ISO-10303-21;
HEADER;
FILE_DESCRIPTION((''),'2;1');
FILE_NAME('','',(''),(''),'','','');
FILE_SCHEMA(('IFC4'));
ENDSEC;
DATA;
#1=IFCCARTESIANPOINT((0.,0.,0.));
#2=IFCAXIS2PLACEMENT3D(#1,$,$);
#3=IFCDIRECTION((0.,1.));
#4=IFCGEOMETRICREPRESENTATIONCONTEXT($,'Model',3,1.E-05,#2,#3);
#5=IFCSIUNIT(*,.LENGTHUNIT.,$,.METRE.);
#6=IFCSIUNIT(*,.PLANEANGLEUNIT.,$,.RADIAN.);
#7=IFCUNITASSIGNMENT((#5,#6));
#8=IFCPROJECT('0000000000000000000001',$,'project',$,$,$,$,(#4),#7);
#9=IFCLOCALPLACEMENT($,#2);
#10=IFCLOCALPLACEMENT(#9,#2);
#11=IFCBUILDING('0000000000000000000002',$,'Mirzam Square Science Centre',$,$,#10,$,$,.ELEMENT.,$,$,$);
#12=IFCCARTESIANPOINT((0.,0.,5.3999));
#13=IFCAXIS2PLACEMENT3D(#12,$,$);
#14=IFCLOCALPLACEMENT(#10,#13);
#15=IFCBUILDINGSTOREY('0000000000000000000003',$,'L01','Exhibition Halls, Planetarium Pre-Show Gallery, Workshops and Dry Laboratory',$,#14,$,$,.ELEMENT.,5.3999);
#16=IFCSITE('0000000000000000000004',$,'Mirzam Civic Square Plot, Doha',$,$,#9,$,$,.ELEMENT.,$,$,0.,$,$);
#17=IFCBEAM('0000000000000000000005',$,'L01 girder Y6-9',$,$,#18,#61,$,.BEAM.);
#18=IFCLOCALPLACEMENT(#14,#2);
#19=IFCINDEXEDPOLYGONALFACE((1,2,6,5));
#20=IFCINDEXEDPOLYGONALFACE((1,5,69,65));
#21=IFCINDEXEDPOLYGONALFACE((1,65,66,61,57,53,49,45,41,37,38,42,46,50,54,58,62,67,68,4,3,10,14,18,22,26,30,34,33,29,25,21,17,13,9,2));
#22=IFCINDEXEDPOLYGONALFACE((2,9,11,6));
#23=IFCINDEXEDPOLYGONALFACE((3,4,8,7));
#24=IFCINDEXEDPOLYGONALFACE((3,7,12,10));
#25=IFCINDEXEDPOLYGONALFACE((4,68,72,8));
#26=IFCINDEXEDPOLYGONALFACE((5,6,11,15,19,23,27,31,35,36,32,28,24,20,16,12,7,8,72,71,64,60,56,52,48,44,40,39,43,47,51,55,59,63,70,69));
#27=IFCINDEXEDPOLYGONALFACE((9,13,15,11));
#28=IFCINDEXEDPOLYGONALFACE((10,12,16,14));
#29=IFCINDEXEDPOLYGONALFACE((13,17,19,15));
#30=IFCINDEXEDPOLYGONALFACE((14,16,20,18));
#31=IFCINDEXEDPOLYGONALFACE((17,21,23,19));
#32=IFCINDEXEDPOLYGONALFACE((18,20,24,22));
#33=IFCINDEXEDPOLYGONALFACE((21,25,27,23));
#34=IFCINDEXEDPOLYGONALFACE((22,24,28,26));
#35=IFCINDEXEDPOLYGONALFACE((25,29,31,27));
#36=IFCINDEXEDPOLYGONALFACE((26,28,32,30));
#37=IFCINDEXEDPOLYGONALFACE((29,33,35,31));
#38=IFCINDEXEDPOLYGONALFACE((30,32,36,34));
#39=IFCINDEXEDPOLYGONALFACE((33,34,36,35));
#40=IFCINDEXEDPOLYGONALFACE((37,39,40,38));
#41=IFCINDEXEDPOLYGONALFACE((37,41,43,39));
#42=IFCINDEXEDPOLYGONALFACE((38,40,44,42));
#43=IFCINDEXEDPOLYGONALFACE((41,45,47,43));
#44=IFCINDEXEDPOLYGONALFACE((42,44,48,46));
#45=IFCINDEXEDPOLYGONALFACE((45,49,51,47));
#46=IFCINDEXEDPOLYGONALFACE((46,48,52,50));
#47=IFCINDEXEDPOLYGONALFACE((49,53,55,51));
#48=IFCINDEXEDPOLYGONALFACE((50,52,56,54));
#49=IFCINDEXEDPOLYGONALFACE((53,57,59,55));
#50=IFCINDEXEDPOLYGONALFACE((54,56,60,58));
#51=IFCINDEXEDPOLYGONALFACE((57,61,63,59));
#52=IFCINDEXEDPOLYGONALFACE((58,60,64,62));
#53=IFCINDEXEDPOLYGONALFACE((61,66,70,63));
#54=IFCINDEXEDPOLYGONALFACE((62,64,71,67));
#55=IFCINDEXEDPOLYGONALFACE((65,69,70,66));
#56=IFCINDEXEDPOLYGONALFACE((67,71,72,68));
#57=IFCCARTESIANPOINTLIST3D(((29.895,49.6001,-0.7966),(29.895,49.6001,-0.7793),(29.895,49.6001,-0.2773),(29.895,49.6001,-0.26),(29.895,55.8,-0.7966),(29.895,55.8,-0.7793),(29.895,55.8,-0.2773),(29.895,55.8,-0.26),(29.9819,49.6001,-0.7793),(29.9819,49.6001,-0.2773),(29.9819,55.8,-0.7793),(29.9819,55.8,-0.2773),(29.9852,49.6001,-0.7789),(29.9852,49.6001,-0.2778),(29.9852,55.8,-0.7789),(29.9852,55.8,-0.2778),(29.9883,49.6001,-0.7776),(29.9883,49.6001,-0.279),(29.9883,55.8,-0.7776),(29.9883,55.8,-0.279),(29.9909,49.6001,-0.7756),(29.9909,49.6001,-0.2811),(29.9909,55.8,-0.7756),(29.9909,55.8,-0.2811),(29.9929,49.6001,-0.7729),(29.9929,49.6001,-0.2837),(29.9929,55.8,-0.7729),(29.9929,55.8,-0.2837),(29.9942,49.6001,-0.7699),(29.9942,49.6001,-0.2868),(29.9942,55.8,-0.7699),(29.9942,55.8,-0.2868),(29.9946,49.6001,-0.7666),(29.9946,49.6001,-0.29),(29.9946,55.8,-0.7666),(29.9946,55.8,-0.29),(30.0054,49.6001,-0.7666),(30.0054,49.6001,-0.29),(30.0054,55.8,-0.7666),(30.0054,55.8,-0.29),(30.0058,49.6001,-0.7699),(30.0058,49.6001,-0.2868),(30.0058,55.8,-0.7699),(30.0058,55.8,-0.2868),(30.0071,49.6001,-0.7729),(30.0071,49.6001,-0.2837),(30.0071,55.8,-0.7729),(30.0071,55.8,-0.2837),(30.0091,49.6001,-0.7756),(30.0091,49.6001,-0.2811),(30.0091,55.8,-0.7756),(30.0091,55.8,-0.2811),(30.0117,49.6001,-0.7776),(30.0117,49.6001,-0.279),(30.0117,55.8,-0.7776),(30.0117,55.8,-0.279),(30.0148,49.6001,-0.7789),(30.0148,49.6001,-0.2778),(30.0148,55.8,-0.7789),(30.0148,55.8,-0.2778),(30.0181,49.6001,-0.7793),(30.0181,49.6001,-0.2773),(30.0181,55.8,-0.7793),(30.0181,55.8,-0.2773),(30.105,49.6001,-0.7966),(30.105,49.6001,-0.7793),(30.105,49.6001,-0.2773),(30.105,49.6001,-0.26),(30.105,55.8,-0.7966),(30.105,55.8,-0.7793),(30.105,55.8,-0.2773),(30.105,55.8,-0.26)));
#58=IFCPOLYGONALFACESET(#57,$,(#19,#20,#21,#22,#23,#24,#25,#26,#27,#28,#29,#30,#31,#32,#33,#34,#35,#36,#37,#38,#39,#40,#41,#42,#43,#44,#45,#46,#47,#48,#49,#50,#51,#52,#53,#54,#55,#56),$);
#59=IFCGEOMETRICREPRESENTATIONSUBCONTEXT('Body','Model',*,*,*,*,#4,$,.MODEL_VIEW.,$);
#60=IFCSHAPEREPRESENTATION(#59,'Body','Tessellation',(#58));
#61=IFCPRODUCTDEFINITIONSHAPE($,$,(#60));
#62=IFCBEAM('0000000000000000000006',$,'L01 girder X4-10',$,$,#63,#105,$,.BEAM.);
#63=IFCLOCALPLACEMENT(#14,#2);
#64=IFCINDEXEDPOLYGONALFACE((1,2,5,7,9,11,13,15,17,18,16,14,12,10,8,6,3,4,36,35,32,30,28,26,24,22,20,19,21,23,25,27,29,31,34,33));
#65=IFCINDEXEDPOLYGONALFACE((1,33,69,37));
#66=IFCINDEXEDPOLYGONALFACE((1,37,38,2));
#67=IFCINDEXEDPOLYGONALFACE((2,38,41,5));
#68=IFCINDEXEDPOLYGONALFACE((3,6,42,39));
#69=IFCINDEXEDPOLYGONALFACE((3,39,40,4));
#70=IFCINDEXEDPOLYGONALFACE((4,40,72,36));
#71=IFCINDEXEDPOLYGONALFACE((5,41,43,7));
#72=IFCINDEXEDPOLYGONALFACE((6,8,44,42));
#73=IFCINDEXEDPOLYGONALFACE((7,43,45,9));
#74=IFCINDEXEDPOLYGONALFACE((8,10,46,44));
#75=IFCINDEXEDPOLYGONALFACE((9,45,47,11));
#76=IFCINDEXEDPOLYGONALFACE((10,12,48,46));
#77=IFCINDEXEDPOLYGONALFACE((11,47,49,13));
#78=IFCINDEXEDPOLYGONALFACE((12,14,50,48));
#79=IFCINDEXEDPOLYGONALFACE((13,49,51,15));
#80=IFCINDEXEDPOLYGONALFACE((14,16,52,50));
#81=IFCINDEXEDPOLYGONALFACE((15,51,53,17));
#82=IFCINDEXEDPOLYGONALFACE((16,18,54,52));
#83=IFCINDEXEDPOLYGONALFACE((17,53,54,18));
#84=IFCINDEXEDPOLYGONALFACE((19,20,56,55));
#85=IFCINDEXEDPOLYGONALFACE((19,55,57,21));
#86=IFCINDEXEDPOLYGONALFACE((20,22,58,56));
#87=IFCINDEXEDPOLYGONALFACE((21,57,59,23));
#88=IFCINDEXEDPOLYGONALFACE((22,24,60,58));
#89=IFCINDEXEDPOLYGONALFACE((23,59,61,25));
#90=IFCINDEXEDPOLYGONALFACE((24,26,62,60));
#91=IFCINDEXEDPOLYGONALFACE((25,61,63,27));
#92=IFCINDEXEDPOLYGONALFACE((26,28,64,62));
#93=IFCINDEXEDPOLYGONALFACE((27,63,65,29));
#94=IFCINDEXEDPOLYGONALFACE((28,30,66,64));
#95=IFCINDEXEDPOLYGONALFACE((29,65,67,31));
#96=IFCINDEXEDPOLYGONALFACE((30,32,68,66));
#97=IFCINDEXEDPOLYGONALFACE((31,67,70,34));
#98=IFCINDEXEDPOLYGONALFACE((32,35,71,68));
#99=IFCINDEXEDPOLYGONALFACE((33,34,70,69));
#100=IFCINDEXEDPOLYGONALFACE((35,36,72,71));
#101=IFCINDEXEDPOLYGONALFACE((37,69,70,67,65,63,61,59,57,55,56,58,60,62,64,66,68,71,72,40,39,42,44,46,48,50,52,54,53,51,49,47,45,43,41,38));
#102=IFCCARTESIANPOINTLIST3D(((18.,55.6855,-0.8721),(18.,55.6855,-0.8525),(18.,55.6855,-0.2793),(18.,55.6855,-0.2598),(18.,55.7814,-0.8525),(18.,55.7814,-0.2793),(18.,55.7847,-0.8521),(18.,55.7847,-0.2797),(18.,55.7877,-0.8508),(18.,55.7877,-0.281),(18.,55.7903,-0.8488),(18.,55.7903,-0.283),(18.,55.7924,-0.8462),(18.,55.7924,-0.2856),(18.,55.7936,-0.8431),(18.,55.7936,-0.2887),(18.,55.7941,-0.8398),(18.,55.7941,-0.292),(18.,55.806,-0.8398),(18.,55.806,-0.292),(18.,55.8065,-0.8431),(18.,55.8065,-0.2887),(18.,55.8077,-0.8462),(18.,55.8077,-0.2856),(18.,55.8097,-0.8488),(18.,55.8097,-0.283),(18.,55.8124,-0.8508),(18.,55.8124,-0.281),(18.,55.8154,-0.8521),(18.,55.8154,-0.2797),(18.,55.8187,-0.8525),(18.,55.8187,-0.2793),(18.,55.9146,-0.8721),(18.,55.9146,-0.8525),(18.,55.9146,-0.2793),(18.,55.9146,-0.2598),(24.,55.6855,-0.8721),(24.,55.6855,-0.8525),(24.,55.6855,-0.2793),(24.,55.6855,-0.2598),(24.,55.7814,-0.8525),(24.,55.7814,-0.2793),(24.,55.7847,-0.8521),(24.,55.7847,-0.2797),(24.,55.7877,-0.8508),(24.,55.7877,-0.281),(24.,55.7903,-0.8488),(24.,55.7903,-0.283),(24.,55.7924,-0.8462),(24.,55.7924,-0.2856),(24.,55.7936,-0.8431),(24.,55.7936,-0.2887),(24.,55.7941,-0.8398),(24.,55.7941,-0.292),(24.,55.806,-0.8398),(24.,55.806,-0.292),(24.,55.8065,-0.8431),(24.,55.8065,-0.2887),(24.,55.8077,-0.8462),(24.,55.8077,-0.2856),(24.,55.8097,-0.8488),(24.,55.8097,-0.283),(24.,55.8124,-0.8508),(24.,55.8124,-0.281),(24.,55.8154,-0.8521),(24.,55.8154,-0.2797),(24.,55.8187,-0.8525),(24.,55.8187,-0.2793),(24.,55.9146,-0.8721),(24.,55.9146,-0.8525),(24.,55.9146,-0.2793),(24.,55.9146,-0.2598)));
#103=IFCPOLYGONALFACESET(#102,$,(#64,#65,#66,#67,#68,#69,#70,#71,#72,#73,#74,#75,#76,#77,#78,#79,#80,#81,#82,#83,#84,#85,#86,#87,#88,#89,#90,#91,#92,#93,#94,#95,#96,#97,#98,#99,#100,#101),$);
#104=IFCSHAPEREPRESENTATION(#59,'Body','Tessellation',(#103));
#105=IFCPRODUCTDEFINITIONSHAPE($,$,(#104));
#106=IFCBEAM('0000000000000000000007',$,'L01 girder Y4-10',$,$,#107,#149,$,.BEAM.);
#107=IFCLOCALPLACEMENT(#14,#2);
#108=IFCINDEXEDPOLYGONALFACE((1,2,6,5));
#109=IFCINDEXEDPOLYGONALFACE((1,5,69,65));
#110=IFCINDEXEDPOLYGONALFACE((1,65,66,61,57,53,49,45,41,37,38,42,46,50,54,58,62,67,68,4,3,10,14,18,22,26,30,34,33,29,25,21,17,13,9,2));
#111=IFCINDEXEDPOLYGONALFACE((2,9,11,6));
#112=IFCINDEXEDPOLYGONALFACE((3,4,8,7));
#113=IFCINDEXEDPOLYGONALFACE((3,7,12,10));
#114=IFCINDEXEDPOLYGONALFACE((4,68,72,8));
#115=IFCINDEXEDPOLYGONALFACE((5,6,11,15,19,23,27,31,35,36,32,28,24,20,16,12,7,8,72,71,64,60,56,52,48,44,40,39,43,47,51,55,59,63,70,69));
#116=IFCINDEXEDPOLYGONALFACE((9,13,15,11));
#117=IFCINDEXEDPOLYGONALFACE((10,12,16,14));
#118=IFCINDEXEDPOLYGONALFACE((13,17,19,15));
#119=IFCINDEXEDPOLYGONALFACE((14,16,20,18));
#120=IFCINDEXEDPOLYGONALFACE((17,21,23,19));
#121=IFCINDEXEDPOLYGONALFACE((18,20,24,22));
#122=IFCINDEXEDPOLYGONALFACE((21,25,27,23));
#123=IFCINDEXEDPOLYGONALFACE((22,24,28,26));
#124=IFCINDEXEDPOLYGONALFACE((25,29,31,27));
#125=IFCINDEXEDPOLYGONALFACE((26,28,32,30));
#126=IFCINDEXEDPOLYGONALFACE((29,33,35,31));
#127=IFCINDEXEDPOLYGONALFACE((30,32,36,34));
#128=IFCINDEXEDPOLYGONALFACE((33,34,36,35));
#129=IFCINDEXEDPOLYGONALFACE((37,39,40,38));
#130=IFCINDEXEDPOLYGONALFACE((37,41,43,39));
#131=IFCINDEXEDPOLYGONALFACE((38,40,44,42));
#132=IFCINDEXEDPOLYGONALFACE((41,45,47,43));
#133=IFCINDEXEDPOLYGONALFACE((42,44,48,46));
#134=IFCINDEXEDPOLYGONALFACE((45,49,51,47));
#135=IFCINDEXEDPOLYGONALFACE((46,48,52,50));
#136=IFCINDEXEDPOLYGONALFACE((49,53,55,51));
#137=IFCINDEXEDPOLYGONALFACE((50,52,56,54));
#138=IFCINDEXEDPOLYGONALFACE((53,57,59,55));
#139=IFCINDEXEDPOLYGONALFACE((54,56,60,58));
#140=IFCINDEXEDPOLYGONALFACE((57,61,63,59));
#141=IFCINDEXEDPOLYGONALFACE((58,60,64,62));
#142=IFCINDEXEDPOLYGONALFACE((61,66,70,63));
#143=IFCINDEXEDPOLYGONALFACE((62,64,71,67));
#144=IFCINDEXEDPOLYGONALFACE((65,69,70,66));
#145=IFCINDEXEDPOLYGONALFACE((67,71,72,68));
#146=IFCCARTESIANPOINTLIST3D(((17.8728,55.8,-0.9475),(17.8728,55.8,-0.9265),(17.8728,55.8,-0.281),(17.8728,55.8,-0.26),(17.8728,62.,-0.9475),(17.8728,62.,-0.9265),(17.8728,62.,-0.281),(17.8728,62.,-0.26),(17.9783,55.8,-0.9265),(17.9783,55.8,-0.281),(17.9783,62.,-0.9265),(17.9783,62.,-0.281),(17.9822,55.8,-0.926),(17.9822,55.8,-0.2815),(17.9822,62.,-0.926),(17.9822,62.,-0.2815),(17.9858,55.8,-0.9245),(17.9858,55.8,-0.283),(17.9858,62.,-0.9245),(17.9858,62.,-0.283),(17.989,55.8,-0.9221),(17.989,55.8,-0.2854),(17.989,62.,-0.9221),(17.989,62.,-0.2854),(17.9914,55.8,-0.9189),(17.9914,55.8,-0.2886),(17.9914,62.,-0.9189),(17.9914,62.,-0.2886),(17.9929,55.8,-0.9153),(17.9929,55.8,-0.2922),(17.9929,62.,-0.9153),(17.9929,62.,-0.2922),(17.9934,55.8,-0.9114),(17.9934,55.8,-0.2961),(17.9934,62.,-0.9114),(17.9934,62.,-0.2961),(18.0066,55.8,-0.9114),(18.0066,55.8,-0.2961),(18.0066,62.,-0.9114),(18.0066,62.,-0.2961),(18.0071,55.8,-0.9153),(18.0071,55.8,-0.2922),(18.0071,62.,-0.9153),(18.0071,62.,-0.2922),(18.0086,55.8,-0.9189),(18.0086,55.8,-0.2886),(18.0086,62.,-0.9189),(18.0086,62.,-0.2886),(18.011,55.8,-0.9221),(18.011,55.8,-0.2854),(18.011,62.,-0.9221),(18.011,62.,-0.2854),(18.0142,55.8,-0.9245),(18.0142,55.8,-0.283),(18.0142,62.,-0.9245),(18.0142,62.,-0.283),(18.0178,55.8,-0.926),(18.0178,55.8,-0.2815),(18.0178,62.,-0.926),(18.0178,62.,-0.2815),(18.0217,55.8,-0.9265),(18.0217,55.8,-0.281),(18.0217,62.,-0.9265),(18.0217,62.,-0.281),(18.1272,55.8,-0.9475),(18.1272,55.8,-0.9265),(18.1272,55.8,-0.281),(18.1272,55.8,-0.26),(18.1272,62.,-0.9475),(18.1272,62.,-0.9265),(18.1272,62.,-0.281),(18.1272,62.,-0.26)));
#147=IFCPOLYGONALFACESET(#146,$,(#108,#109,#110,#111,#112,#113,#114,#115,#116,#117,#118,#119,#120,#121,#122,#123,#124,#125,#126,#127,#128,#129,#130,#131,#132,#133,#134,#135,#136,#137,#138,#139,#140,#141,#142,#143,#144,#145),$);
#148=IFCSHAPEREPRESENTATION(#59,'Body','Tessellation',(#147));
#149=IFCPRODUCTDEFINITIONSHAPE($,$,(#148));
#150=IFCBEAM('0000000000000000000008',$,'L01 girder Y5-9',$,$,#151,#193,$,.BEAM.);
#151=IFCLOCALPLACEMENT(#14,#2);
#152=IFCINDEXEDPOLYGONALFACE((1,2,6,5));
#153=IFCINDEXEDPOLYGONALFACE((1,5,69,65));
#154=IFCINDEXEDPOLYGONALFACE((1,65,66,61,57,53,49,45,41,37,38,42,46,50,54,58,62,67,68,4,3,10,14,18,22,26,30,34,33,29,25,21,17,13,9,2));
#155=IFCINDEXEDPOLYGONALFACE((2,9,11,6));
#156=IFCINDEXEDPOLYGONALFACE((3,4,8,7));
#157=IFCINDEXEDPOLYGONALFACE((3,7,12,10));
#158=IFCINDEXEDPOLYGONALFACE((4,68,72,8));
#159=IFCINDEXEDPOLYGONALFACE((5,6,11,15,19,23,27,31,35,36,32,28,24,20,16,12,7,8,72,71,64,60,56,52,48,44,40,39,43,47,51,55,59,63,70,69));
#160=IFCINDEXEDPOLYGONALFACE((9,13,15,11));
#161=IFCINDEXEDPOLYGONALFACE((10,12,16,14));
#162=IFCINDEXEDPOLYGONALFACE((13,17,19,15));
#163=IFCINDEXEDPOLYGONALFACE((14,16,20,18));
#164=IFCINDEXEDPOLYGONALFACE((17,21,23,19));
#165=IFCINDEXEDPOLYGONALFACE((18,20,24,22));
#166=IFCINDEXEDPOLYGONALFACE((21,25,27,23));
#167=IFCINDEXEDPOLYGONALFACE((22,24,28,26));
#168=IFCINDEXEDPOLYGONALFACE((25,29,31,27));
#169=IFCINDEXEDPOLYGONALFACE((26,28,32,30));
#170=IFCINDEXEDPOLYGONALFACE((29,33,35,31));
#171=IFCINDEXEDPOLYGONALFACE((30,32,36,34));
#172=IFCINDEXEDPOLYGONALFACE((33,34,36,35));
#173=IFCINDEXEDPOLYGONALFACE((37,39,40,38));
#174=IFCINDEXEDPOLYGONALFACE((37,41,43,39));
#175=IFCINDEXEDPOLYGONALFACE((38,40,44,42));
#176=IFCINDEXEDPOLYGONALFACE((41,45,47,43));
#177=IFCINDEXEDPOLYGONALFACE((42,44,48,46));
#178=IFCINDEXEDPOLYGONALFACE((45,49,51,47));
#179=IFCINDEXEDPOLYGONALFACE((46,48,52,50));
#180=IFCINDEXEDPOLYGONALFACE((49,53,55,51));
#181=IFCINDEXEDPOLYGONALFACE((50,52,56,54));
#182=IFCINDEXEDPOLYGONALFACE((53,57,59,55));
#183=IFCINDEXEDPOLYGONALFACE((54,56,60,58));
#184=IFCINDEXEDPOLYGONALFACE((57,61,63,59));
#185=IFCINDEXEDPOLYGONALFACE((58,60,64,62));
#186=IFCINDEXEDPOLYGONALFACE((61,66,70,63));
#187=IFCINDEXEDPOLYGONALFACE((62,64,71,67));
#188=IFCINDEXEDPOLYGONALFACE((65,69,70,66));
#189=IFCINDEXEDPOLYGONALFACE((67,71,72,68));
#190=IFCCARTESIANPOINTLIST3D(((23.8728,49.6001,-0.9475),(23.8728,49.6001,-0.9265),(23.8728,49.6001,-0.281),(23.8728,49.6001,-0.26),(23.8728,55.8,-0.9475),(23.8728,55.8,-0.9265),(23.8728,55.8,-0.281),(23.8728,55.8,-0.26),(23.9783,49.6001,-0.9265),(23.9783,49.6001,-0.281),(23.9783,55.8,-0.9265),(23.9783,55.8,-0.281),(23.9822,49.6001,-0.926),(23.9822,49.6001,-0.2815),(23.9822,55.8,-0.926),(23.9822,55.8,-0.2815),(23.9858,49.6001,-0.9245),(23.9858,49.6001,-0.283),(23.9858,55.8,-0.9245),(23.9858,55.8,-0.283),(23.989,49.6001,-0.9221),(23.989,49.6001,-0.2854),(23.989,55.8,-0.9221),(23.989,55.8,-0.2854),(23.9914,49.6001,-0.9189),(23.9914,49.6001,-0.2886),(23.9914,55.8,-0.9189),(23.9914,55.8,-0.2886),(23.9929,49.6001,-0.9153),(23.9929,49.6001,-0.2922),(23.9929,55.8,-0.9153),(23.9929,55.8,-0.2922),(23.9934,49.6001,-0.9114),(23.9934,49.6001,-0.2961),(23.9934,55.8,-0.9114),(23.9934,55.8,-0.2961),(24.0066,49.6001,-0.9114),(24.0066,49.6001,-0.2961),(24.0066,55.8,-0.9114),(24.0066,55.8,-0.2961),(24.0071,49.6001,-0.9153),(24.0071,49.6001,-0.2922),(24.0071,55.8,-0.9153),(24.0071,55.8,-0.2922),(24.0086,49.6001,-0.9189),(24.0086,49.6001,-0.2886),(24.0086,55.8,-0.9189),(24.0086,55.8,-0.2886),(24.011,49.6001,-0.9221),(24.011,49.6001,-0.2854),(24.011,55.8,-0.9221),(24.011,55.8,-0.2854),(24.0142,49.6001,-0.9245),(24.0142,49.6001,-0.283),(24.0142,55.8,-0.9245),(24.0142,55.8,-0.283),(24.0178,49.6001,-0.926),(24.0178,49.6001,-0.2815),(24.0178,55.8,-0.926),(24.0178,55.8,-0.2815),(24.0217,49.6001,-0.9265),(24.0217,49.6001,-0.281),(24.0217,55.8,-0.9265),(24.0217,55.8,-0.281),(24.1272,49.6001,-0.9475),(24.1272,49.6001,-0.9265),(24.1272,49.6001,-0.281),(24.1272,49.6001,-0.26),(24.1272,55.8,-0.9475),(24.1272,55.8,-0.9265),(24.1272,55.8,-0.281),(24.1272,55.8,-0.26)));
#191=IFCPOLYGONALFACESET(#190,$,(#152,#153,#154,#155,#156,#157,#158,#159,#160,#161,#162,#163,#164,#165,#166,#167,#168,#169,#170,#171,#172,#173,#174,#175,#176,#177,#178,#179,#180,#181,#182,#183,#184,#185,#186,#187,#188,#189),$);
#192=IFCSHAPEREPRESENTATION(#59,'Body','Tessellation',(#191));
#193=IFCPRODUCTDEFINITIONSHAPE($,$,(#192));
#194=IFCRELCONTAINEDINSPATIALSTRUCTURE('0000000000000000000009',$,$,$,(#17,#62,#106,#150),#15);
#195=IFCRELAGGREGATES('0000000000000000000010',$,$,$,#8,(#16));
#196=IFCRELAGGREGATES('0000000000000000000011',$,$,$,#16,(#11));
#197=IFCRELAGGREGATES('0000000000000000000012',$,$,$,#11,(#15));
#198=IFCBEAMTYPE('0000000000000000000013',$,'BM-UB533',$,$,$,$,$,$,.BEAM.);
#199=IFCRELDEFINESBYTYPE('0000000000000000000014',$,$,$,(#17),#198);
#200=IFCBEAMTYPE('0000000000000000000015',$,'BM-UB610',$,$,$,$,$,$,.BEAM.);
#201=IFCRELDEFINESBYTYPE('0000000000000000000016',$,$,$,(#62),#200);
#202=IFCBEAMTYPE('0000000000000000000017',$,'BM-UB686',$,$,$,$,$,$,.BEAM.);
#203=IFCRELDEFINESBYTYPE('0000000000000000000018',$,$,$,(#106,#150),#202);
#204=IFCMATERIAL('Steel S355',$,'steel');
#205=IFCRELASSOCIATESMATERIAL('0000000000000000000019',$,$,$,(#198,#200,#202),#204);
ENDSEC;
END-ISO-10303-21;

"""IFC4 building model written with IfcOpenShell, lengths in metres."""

from ifc_helpers import new_model, si_unit, direction, frame, origin, origin_2d, place, context, subcontext, project, spatial, i_section, extrude, material, material_profile, profile_set, type_object, element, save


model = new_model("IFC4")

# Units and contexts
model_context = context("Model", 3, precision=1e-05, world=origin(), true_north=direction((0.0, 1.0)))
body_context = subcontext(model_context, "Body", "Model", "MODEL_VIEW")
ifc_project = project(units=[si_unit("LENGTHUNIT", "METRE"), si_unit("PLANEANGLEUNIT", "RADIAN")], contexts=[model_context])

# Site, building, storey
site_placement = place(None, origin())
site = spatial("IfcSite", under=ifc_project, at=site_placement, Name="Mirzam Civic Square Plot, Doha", CompositionType="ELEMENT", RefElevation=0.0)
building_placement = place(site_placement, origin())
building = spatial("IfcBuilding", under=site, at=building_placement, Name="Mirzam Square Science Centre", CompositionType="ELEMENT")
storey_placement = place(building_placement, frame((0.0, 0.0, 5.3999)))
storey = spatial("IfcBuildingStorey", under=building, at=storey_placement, Name="L01", Description="Exhibition Halls, Planetarium Pre-Show Gallery, Workshops and Dry Laboratory", CompositionType="ELEMENT", Elevation=5.3999)

# Shared definitions
ifc_material_1 = material(Name="Steel S355", Category="steel")

# Beams
ifc_material_profile_1 = material_profile(ifc_material_1, i_section(OverallWidth=0.21, OverallDepth=0.5366, WebThickness=0.0107, FlangeThickness=0.0173, FilletRadius=0.0127, at=origin_2d()), Name="533x210x101UB")
ifc_profile_set_1 = profile_set([ifc_material_profile_1], Name="Steel S355")
beam_type_1 = type_object("IfcBeamType", Name="BM-UB533", PredefinedType="BEAM", material=ifc_profile_set_1)
for number, where, z_axis, x_axis, name in (
    (1, (30.0, 49.6001, -0.5283), (0.0, 1.0, 0.0), (-1.0, 0.0, 0.0), "L01 girder Y6-9"),
):
    element("IfcBeam", number, at=place(storey_placement, frame(where, z_axis=z_axis, x_axis=x_axis)), inside=storey, type_object=beam_type_1, Name=name, PredefinedType="BEAM", context=body_context, shape_type="SweptSolid", body=[
        extrude(i_section(OverallWidth=0.21, OverallDepth=0.5366, WebThickness=0.0107, FlangeThickness=0.0173, FilletRadius=0.0127, at=origin_2d()), origin(), (0.0, 0.0, 1.0), 6.2),
    ])
ifc_material_profile_2 = material_profile(ifc_material_1, i_section(OverallWidth=0.229, OverallDepth=0.6123, WebThickness=0.012, FlangeThickness=0.0195, FilletRadius=0.0127, at=origin_2d()), Name="610x229x125UB")
ifc_profile_set_2 = profile_set([ifc_material_profile_2], Name="Steel S355")
beam_type_2 = type_object("IfcBeamType", Name="BM-UB610", PredefinedType="BEAM", material=ifc_profile_set_2)
beam_1_placement = place(storey_placement, frame((18.0, 55.8, -0.5659), z_axis=(1.0, 0.0, 0.0), x_axis=(0.0, 1.0, 0.0)))
element("IfcBeam", 2, at=beam_1_placement, inside=storey, type_object=beam_type_2, Name="L01 girder X4-10", PredefinedType="BEAM", context=body_context, shape_type="SweptSolid", body=[
    extrude(i_section(OverallWidth=0.229, OverallDepth=0.6123, WebThickness=0.012, FlangeThickness=0.0195, FilletRadius=0.0127, at=origin_2d()), origin(), (0.0, 0.0, 1.0), 6.0),
])
ifc_material_profile_3 = material_profile(ifc_material_1, i_section(OverallWidth=0.2544, OverallDepth=0.6875, WebThickness=0.0132, FlangeThickness=0.021, FilletRadius=0.0151, at=origin_2d()), Name="686x254x152UB")
ifc_profile_set_3 = profile_set([ifc_material_profile_3], Name="Steel S355")
beam_type_3 = type_object("IfcBeamType", Name="BM-UB686", PredefinedType="BEAM", material=ifc_profile_set_3)
for number, where, z_axis, x_axis, name in (
    (3, (18.0, 55.8, -0.6038), (0.0, 1.0, 0.0), (-1.0, 0.0, 0.0), "L01 girder Y4-10"),
    (4, (24.0, 49.6001, -0.6038), (0.0, 1.0, 0.0), (-1.0, 0.0, 0.0), "L01 girder Y5-9"),
):
    element("IfcBeam", number, at=place(storey_placement, frame(where, z_axis=z_axis, x_axis=x_axis)), inside=storey, type_object=beam_type_3, Name=name, PredefinedType="BEAM", context=body_context, shape_type="SweptSolid", body=[
        extrude(i_section(OverallWidth=0.2544, OverallDepth=0.6875, WebThickness=0.0132, FlangeThickness=0.021, FilletRadius=0.0151, at=origin_2d()), origin(), (0.0, 0.0, 1.0), 6.2),
    ])

save(model, "model.ifc")
